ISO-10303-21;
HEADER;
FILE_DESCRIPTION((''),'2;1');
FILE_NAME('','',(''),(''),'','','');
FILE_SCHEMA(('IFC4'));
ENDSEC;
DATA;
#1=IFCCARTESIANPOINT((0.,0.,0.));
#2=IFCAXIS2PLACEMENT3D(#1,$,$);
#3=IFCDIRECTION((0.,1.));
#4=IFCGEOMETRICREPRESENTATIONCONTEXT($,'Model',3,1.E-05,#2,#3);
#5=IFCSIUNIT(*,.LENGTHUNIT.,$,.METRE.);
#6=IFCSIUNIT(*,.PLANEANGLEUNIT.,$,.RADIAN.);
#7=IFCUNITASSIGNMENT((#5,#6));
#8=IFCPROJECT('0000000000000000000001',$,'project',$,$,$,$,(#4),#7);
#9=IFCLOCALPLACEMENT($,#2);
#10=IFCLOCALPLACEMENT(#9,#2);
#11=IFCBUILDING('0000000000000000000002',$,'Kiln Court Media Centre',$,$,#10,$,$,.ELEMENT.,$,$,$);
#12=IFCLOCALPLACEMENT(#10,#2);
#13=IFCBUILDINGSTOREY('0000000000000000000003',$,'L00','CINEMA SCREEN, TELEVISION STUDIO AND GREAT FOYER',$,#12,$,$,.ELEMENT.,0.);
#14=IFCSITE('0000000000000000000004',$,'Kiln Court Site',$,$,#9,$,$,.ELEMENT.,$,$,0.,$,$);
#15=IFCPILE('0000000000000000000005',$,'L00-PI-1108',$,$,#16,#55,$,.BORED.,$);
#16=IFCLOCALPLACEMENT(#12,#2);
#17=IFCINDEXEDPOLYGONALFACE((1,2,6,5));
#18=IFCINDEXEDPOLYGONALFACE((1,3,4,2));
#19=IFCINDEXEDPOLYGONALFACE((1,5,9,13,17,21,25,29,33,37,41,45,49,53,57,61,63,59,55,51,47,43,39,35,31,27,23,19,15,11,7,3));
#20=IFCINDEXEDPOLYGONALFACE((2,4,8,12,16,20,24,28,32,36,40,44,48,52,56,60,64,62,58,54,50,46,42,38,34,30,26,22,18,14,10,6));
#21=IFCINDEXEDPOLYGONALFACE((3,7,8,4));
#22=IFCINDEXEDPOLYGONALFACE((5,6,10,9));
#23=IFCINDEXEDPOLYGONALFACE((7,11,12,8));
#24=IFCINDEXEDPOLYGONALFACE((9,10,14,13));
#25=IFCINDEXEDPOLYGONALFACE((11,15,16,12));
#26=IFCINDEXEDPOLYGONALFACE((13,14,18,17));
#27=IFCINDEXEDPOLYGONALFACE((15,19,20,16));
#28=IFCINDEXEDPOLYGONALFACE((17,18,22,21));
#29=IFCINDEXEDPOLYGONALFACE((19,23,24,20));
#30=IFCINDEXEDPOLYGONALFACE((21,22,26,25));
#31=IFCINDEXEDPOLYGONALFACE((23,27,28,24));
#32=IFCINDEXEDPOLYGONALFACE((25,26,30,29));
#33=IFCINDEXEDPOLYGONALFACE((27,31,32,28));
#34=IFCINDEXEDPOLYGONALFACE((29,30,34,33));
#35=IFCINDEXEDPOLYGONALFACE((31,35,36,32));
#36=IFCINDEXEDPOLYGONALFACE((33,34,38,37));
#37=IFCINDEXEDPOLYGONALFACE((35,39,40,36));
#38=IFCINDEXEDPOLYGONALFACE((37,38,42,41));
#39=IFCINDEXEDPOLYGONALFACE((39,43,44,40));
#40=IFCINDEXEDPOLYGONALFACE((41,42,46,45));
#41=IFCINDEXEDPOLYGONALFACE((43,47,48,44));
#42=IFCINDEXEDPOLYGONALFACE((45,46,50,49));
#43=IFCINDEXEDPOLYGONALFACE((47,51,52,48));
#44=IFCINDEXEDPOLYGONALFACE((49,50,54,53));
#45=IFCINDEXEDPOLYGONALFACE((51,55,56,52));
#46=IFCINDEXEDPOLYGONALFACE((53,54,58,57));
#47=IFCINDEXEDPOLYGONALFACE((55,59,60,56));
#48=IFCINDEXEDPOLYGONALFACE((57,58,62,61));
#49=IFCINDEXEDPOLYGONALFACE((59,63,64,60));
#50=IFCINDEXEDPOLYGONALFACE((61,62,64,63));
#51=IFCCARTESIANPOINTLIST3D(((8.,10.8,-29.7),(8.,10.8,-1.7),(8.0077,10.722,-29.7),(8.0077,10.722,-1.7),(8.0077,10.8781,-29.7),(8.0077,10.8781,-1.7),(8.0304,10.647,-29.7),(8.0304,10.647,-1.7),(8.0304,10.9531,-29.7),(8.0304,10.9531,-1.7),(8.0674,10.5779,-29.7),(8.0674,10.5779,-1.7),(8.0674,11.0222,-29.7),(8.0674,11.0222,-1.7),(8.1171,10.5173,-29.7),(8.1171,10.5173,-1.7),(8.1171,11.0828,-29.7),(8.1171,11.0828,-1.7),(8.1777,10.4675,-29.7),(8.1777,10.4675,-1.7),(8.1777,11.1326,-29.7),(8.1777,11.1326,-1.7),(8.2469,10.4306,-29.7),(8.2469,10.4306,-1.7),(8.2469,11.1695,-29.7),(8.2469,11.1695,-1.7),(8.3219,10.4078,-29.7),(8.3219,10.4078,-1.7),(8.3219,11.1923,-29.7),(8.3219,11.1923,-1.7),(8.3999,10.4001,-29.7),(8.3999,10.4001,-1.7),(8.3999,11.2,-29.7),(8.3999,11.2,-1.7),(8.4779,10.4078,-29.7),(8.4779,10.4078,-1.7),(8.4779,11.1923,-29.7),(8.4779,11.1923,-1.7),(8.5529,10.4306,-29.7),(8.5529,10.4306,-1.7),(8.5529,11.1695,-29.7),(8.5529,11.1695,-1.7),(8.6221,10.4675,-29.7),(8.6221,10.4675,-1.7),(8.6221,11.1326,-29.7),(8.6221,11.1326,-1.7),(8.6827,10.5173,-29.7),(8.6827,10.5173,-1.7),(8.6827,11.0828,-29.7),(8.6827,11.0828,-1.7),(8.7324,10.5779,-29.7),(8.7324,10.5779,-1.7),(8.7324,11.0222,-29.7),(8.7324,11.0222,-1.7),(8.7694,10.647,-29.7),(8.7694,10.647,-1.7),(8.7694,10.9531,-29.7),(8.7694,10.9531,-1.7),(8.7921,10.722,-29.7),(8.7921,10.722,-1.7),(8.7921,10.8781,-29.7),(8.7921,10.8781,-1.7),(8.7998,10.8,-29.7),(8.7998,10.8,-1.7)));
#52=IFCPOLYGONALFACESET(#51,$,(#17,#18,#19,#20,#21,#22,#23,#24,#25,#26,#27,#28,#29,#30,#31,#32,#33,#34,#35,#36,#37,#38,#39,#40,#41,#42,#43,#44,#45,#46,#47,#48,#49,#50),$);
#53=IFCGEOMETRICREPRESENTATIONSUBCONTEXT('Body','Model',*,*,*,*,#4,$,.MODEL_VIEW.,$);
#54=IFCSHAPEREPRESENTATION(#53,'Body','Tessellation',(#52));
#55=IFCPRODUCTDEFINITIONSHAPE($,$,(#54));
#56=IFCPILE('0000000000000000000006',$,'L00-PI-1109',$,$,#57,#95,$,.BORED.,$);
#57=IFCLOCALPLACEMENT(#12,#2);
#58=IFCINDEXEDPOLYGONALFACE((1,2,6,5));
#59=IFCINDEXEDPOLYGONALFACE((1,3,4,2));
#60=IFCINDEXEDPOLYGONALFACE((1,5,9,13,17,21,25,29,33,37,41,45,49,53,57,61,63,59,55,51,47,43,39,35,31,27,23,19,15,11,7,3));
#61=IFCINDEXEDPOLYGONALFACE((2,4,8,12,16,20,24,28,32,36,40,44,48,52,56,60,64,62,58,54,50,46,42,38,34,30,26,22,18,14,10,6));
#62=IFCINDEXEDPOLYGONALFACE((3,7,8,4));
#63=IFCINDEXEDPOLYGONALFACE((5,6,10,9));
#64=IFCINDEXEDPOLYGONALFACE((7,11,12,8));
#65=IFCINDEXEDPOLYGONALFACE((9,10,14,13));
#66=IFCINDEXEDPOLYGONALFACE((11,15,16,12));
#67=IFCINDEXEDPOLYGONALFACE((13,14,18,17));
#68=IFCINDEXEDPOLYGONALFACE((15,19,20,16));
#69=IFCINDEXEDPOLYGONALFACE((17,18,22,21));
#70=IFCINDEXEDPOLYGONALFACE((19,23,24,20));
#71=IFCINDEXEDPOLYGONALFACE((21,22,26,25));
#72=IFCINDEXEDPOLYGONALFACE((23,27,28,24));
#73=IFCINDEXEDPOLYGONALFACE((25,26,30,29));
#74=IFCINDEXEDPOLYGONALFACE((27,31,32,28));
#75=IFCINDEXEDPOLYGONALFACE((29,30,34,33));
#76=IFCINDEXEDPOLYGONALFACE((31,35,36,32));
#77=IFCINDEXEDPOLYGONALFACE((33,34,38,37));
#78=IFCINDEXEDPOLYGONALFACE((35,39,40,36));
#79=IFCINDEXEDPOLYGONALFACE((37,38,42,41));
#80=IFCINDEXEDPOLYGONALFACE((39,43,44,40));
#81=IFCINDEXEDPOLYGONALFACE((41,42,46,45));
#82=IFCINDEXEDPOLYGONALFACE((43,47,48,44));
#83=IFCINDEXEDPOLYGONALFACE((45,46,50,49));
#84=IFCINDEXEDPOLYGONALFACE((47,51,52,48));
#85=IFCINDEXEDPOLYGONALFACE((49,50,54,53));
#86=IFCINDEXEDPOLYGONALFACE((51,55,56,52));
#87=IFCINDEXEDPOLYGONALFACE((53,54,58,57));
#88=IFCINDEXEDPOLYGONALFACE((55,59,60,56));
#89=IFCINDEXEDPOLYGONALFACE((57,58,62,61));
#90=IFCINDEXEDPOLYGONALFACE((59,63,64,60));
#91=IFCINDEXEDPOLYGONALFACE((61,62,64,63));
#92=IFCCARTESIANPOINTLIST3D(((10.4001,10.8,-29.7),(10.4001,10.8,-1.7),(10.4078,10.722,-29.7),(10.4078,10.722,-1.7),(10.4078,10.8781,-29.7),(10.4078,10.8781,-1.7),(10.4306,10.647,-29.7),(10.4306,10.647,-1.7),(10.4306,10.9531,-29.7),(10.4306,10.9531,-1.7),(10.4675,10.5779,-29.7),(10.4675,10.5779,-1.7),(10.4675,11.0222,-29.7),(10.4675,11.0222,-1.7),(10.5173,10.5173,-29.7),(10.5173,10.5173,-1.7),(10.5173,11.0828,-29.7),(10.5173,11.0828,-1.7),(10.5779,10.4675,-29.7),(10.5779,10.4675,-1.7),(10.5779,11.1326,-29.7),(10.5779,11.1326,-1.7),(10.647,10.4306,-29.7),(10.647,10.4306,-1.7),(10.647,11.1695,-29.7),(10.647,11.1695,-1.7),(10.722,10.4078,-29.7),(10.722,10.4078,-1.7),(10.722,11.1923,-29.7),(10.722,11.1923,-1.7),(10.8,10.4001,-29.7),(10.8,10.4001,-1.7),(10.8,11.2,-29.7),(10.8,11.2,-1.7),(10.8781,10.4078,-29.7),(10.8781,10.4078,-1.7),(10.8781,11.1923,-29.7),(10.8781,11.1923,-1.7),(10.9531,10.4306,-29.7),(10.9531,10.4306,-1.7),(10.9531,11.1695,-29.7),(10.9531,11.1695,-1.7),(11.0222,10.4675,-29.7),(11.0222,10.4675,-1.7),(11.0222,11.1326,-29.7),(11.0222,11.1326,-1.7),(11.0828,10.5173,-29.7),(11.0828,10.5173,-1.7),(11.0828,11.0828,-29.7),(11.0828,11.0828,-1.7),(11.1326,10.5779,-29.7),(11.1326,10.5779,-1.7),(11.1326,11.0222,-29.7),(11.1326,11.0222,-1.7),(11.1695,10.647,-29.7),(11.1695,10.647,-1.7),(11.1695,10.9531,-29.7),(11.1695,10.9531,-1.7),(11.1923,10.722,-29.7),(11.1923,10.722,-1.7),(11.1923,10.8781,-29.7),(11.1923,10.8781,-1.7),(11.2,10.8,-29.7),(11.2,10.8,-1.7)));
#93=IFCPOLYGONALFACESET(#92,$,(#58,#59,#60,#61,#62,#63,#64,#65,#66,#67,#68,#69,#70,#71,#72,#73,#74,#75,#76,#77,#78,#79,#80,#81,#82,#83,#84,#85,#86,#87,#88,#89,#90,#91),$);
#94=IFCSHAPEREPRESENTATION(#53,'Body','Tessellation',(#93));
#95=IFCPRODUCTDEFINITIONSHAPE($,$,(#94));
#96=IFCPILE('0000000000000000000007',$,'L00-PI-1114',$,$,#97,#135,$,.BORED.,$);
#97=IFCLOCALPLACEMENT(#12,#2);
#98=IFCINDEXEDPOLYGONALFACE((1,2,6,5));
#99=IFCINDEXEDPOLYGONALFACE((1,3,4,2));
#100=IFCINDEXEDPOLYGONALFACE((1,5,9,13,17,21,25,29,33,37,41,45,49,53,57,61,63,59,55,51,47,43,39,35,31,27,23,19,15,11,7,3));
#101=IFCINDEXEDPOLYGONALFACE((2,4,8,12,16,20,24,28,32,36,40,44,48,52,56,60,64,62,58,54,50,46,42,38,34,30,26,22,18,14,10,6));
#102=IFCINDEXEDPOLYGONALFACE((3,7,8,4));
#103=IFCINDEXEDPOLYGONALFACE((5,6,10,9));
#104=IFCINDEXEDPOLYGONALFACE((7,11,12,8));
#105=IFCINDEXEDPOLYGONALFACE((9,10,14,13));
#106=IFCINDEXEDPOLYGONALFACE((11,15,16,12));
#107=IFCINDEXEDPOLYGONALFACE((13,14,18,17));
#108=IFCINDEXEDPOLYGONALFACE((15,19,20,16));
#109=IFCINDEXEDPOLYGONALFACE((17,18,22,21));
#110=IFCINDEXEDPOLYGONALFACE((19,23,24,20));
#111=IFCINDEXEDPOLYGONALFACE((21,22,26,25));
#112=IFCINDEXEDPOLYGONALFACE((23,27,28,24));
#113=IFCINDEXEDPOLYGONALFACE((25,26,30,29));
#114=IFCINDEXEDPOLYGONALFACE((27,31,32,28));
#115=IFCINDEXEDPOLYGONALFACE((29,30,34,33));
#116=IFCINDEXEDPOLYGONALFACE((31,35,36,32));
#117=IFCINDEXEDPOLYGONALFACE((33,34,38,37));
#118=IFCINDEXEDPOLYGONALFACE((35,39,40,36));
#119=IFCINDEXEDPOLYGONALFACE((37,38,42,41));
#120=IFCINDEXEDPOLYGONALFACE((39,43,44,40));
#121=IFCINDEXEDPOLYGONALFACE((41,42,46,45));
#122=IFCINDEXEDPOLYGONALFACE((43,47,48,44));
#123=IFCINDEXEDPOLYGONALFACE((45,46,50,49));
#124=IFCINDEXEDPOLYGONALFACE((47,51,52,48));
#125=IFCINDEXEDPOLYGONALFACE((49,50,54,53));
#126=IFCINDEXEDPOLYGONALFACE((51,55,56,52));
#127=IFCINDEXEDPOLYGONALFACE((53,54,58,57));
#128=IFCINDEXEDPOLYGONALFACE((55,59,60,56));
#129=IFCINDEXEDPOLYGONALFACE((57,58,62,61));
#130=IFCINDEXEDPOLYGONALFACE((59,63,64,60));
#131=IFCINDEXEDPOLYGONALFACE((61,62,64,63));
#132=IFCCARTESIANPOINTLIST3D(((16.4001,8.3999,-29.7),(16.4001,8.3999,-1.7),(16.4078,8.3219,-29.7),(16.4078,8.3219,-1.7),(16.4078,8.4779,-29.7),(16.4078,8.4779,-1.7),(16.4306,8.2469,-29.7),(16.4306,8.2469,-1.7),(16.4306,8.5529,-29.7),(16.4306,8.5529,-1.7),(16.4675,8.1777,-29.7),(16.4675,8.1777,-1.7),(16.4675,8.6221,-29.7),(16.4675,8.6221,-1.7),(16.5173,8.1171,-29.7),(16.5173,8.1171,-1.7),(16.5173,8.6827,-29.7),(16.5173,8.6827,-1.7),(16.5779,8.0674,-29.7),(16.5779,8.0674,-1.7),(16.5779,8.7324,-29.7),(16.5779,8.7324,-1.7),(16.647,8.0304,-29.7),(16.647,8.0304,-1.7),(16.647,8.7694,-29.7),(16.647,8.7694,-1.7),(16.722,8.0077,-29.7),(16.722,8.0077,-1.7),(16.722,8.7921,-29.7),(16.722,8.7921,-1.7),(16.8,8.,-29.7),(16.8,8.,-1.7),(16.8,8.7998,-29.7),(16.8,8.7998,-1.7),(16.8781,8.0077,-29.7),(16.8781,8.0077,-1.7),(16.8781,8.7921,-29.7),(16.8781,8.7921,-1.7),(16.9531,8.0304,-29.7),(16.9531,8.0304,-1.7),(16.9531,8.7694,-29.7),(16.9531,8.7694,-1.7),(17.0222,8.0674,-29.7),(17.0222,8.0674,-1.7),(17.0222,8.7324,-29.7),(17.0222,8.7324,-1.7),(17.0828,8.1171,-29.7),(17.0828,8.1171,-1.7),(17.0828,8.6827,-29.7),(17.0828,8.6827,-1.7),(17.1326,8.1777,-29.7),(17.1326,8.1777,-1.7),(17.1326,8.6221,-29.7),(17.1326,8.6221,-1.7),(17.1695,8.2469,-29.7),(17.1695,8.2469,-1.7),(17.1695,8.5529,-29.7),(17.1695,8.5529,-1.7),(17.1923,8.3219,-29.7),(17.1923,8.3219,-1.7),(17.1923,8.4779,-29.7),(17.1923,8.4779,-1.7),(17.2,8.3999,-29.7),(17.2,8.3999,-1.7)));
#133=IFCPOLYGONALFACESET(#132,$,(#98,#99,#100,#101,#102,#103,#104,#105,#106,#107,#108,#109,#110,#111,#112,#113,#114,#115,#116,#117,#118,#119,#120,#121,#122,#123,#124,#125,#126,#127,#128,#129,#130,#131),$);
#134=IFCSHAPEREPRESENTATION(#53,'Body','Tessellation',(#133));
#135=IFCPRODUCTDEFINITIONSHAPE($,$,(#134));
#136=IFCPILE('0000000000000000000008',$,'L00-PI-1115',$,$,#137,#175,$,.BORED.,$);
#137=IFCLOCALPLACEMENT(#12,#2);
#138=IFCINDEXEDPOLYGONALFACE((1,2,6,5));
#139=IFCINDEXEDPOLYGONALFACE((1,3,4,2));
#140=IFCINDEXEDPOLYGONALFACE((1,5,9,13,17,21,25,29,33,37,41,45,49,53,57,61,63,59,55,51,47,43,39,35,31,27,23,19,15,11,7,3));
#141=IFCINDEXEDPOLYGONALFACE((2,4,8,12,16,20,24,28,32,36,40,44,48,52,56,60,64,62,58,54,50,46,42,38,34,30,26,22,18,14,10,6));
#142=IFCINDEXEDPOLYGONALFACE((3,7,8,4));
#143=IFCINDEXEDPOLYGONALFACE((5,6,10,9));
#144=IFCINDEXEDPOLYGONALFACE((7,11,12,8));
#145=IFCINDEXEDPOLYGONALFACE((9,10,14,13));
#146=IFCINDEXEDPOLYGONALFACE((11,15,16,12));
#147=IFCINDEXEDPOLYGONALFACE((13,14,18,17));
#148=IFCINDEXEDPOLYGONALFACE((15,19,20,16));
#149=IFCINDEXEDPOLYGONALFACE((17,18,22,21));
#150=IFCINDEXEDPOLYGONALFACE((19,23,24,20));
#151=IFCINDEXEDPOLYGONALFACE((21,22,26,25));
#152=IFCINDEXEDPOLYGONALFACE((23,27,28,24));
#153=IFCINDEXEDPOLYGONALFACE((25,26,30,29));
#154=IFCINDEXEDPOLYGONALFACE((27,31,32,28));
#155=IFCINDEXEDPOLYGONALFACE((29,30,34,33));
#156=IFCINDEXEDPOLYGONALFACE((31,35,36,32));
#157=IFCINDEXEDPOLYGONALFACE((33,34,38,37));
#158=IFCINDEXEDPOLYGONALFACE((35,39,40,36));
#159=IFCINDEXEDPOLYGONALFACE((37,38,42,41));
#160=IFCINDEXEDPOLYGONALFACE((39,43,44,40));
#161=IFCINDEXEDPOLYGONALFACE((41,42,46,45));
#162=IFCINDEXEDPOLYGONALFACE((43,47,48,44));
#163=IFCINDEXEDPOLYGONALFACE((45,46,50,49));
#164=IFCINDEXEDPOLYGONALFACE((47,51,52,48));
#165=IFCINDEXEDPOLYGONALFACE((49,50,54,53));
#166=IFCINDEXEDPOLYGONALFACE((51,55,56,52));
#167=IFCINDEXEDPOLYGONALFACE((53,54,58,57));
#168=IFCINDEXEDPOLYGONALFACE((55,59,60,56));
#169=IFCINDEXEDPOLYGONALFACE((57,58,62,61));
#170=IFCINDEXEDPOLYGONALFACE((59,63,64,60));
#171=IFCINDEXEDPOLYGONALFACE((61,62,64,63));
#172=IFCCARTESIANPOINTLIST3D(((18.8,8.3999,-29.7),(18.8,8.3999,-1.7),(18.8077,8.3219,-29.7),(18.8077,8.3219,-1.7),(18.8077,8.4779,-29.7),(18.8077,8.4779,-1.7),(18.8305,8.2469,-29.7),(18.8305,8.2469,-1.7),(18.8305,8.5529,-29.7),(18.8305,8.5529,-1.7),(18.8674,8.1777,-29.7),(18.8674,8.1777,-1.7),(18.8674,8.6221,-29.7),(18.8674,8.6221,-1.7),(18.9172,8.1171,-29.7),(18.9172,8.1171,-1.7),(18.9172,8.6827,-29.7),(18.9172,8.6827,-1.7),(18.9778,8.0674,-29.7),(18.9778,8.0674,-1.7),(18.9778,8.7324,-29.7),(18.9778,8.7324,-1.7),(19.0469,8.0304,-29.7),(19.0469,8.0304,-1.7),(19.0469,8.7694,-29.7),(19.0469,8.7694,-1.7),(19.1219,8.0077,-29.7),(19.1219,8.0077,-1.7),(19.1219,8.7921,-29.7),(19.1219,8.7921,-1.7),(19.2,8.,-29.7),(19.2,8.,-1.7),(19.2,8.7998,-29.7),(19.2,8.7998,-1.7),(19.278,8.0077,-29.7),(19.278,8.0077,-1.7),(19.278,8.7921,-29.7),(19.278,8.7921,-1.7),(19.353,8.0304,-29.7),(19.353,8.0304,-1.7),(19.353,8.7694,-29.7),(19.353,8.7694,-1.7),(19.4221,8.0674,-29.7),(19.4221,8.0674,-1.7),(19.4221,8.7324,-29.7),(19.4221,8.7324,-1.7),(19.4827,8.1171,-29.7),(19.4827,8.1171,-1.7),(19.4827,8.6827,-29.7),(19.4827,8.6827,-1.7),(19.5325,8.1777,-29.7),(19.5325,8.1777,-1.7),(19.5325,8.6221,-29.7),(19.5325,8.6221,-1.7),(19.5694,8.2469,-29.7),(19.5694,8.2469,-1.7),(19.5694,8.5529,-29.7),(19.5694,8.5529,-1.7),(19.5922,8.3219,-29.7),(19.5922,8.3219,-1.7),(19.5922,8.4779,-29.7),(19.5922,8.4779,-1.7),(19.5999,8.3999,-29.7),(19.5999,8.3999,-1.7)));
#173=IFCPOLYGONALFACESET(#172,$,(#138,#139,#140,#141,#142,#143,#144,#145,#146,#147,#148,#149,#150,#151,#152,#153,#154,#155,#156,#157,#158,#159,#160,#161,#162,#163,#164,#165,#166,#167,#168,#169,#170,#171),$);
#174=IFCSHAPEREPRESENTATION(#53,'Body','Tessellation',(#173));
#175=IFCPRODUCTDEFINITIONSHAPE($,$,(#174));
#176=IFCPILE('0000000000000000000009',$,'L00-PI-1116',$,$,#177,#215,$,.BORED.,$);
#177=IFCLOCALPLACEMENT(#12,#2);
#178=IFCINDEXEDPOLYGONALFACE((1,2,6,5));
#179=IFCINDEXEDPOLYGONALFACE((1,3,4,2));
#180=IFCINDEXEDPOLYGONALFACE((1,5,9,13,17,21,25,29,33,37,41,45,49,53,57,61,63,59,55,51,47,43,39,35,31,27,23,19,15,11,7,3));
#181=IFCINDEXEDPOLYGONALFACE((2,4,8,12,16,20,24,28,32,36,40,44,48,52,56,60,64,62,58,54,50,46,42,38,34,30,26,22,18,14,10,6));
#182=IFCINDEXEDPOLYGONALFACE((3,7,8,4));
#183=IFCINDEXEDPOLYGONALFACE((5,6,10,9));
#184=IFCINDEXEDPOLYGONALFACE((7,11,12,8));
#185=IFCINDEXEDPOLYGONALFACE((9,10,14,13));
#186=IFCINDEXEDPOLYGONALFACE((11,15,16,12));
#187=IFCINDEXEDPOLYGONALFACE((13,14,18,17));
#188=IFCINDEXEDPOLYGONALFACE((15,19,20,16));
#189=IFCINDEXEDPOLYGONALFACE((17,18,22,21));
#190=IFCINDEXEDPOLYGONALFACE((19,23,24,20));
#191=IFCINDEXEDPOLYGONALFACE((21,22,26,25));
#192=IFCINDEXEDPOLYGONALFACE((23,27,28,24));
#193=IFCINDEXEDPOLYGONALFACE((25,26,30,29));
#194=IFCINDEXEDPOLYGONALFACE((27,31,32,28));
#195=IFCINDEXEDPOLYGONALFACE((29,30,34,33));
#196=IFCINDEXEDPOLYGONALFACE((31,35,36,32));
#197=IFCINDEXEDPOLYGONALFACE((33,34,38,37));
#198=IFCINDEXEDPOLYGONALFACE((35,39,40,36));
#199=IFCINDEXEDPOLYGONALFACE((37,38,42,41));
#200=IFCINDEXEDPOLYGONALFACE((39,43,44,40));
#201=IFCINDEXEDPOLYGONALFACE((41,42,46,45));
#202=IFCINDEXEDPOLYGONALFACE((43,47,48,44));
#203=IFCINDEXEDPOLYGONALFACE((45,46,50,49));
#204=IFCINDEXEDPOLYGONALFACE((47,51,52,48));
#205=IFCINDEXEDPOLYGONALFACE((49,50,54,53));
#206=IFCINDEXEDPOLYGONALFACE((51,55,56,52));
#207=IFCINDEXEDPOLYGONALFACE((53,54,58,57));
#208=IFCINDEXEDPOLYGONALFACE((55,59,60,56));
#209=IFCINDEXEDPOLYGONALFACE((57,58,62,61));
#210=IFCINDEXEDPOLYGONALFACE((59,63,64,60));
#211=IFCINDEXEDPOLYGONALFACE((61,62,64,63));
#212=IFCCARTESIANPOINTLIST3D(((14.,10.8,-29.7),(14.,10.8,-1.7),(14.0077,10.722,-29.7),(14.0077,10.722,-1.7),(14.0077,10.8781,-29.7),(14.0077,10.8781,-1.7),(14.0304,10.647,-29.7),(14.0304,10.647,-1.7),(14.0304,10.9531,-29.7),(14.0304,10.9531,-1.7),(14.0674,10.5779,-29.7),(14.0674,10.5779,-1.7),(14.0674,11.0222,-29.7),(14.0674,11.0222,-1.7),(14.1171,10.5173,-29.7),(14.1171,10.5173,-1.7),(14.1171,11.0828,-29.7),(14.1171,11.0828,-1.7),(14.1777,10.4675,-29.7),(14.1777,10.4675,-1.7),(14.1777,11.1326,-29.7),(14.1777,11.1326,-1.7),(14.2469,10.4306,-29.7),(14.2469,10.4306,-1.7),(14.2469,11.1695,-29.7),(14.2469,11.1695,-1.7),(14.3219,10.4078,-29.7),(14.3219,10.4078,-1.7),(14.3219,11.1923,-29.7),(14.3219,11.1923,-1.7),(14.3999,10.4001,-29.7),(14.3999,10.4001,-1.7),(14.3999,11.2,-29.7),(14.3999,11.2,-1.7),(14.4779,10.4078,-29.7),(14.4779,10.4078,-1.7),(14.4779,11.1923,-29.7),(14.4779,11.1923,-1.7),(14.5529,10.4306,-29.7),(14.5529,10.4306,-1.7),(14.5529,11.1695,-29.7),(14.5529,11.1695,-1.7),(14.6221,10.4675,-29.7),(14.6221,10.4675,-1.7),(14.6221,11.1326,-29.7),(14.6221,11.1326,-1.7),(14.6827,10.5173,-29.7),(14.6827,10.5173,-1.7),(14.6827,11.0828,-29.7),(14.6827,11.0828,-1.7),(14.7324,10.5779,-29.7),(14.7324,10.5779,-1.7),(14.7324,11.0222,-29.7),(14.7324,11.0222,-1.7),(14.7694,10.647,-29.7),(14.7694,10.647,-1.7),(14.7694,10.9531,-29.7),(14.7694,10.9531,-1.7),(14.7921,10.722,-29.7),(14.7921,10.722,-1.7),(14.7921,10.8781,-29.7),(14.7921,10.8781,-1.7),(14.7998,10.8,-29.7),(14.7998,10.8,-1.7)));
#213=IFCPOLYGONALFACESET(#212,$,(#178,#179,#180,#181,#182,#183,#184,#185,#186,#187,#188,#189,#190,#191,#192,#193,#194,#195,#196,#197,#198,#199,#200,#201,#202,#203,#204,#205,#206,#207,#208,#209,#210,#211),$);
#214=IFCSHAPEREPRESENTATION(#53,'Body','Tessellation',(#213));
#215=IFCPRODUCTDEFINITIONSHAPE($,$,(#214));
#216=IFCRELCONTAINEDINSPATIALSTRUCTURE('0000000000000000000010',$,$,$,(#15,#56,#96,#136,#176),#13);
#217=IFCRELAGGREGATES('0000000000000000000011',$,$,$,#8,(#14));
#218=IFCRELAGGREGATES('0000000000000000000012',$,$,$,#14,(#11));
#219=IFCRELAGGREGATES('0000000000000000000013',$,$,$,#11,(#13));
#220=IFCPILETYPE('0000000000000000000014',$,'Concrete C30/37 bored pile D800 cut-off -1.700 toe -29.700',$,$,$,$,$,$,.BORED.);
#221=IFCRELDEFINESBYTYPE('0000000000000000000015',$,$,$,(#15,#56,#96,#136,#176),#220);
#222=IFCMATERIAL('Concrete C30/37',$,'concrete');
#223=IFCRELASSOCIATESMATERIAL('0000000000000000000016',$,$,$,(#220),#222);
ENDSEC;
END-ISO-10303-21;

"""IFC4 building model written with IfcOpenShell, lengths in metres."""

from ifc_helpers import new_model, si_unit, direction, frame, origin, origin_2d, place, context, subcontext, project, spatial, circle, extrude, material, material_profile, profile_set, type_object, element, save


model = new_model("IFC4")

# Units and contexts
model_context = context("Model", 3, precision=1e-05, world=origin(), true_north=direction((0.0, 1.0)))
body_context = subcontext(model_context, "Body", "Model", "MODEL_VIEW")
ifc_project = project(units=[si_unit("LENGTHUNIT", "METRE"), si_unit("PLANEANGLEUNIT", "RADIAN")], contexts=[model_context])

# Site, building, storey
site_placement = place(None, origin())
site = spatial("IfcSite", under=ifc_project, at=site_placement, Name="Kiln Court Site", CompositionType="ELEMENT", RefElevation=0.0)
building_placement = place(site_placement, origin())
building = spatial("IfcBuilding", under=site, at=building_placement, Name="Kiln Court Media Centre", CompositionType="ELEMENT")
storey_placement = place(building_placement, origin())
storey = spatial("IfcBuildingStorey", under=building, at=storey_placement, Name="L00", Description="CINEMA SCREEN, TELEVISION STUDIO AND GREAT FOYER", CompositionType="ELEMENT", Elevation=0.0)

# Piles
ifc_material_1 = material(Name="Concrete C30/37", Category="concrete")
ifc_material_profile_1 = material_profile(ifc_material_1, circle(Radius=0.3999, at=origin_2d()), Name="PILE D800")
ifc_profile_set_1 = profile_set([ifc_material_profile_1], Name="Concrete C30/37")
pile_type = type_object("IfcPileType", Name="Concrete C30/37 bored pile D800 cut-off -1.700 toe -29.700", PredefinedType="BORED", material=ifc_profile_set_1)
for number, where, z_axis, x_axis, name in (
    (1, (8.3999, 10.8, -1.7), (0.0, 0.0, -1.0), (1.0, 0.0, 0.0), "L00-PI-1108"),
    (2, (10.8, 10.8, -1.7), (0.0, 0.0, -1.0), (1.0, 0.0, 0.0), "L00-PI-1109"),
    (3, (16.8, 8.3999, -1.7), (0.0, 0.0, -1.0), (1.0, 0.0, 0.0), "L00-PI-1114"),
    (4, (19.2, 8.3999, -1.7), (0.0, 0.0, -1.0), (1.0, 0.0, 0.0), "L00-PI-1115"),
    (5, (14.3999, 10.8, -1.7), (0.0, 0.0, -1.0), (1.0, 0.0, 0.0), "L00-PI-1116"),
):
    element("IfcPile", number, at=place(storey_placement, frame(where, z_axis=z_axis, x_axis=x_axis)), inside=storey, type_object=pile_type, Name=name, PredefinedType="BORED", context=body_context, shape_type="SweptSolid", body=[
        extrude(circle(Radius=0.3999, at=origin_2d()), origin(), (0.0, 0.0, 1.0), 28.0),
    ])

save(model, "model.ifc")
